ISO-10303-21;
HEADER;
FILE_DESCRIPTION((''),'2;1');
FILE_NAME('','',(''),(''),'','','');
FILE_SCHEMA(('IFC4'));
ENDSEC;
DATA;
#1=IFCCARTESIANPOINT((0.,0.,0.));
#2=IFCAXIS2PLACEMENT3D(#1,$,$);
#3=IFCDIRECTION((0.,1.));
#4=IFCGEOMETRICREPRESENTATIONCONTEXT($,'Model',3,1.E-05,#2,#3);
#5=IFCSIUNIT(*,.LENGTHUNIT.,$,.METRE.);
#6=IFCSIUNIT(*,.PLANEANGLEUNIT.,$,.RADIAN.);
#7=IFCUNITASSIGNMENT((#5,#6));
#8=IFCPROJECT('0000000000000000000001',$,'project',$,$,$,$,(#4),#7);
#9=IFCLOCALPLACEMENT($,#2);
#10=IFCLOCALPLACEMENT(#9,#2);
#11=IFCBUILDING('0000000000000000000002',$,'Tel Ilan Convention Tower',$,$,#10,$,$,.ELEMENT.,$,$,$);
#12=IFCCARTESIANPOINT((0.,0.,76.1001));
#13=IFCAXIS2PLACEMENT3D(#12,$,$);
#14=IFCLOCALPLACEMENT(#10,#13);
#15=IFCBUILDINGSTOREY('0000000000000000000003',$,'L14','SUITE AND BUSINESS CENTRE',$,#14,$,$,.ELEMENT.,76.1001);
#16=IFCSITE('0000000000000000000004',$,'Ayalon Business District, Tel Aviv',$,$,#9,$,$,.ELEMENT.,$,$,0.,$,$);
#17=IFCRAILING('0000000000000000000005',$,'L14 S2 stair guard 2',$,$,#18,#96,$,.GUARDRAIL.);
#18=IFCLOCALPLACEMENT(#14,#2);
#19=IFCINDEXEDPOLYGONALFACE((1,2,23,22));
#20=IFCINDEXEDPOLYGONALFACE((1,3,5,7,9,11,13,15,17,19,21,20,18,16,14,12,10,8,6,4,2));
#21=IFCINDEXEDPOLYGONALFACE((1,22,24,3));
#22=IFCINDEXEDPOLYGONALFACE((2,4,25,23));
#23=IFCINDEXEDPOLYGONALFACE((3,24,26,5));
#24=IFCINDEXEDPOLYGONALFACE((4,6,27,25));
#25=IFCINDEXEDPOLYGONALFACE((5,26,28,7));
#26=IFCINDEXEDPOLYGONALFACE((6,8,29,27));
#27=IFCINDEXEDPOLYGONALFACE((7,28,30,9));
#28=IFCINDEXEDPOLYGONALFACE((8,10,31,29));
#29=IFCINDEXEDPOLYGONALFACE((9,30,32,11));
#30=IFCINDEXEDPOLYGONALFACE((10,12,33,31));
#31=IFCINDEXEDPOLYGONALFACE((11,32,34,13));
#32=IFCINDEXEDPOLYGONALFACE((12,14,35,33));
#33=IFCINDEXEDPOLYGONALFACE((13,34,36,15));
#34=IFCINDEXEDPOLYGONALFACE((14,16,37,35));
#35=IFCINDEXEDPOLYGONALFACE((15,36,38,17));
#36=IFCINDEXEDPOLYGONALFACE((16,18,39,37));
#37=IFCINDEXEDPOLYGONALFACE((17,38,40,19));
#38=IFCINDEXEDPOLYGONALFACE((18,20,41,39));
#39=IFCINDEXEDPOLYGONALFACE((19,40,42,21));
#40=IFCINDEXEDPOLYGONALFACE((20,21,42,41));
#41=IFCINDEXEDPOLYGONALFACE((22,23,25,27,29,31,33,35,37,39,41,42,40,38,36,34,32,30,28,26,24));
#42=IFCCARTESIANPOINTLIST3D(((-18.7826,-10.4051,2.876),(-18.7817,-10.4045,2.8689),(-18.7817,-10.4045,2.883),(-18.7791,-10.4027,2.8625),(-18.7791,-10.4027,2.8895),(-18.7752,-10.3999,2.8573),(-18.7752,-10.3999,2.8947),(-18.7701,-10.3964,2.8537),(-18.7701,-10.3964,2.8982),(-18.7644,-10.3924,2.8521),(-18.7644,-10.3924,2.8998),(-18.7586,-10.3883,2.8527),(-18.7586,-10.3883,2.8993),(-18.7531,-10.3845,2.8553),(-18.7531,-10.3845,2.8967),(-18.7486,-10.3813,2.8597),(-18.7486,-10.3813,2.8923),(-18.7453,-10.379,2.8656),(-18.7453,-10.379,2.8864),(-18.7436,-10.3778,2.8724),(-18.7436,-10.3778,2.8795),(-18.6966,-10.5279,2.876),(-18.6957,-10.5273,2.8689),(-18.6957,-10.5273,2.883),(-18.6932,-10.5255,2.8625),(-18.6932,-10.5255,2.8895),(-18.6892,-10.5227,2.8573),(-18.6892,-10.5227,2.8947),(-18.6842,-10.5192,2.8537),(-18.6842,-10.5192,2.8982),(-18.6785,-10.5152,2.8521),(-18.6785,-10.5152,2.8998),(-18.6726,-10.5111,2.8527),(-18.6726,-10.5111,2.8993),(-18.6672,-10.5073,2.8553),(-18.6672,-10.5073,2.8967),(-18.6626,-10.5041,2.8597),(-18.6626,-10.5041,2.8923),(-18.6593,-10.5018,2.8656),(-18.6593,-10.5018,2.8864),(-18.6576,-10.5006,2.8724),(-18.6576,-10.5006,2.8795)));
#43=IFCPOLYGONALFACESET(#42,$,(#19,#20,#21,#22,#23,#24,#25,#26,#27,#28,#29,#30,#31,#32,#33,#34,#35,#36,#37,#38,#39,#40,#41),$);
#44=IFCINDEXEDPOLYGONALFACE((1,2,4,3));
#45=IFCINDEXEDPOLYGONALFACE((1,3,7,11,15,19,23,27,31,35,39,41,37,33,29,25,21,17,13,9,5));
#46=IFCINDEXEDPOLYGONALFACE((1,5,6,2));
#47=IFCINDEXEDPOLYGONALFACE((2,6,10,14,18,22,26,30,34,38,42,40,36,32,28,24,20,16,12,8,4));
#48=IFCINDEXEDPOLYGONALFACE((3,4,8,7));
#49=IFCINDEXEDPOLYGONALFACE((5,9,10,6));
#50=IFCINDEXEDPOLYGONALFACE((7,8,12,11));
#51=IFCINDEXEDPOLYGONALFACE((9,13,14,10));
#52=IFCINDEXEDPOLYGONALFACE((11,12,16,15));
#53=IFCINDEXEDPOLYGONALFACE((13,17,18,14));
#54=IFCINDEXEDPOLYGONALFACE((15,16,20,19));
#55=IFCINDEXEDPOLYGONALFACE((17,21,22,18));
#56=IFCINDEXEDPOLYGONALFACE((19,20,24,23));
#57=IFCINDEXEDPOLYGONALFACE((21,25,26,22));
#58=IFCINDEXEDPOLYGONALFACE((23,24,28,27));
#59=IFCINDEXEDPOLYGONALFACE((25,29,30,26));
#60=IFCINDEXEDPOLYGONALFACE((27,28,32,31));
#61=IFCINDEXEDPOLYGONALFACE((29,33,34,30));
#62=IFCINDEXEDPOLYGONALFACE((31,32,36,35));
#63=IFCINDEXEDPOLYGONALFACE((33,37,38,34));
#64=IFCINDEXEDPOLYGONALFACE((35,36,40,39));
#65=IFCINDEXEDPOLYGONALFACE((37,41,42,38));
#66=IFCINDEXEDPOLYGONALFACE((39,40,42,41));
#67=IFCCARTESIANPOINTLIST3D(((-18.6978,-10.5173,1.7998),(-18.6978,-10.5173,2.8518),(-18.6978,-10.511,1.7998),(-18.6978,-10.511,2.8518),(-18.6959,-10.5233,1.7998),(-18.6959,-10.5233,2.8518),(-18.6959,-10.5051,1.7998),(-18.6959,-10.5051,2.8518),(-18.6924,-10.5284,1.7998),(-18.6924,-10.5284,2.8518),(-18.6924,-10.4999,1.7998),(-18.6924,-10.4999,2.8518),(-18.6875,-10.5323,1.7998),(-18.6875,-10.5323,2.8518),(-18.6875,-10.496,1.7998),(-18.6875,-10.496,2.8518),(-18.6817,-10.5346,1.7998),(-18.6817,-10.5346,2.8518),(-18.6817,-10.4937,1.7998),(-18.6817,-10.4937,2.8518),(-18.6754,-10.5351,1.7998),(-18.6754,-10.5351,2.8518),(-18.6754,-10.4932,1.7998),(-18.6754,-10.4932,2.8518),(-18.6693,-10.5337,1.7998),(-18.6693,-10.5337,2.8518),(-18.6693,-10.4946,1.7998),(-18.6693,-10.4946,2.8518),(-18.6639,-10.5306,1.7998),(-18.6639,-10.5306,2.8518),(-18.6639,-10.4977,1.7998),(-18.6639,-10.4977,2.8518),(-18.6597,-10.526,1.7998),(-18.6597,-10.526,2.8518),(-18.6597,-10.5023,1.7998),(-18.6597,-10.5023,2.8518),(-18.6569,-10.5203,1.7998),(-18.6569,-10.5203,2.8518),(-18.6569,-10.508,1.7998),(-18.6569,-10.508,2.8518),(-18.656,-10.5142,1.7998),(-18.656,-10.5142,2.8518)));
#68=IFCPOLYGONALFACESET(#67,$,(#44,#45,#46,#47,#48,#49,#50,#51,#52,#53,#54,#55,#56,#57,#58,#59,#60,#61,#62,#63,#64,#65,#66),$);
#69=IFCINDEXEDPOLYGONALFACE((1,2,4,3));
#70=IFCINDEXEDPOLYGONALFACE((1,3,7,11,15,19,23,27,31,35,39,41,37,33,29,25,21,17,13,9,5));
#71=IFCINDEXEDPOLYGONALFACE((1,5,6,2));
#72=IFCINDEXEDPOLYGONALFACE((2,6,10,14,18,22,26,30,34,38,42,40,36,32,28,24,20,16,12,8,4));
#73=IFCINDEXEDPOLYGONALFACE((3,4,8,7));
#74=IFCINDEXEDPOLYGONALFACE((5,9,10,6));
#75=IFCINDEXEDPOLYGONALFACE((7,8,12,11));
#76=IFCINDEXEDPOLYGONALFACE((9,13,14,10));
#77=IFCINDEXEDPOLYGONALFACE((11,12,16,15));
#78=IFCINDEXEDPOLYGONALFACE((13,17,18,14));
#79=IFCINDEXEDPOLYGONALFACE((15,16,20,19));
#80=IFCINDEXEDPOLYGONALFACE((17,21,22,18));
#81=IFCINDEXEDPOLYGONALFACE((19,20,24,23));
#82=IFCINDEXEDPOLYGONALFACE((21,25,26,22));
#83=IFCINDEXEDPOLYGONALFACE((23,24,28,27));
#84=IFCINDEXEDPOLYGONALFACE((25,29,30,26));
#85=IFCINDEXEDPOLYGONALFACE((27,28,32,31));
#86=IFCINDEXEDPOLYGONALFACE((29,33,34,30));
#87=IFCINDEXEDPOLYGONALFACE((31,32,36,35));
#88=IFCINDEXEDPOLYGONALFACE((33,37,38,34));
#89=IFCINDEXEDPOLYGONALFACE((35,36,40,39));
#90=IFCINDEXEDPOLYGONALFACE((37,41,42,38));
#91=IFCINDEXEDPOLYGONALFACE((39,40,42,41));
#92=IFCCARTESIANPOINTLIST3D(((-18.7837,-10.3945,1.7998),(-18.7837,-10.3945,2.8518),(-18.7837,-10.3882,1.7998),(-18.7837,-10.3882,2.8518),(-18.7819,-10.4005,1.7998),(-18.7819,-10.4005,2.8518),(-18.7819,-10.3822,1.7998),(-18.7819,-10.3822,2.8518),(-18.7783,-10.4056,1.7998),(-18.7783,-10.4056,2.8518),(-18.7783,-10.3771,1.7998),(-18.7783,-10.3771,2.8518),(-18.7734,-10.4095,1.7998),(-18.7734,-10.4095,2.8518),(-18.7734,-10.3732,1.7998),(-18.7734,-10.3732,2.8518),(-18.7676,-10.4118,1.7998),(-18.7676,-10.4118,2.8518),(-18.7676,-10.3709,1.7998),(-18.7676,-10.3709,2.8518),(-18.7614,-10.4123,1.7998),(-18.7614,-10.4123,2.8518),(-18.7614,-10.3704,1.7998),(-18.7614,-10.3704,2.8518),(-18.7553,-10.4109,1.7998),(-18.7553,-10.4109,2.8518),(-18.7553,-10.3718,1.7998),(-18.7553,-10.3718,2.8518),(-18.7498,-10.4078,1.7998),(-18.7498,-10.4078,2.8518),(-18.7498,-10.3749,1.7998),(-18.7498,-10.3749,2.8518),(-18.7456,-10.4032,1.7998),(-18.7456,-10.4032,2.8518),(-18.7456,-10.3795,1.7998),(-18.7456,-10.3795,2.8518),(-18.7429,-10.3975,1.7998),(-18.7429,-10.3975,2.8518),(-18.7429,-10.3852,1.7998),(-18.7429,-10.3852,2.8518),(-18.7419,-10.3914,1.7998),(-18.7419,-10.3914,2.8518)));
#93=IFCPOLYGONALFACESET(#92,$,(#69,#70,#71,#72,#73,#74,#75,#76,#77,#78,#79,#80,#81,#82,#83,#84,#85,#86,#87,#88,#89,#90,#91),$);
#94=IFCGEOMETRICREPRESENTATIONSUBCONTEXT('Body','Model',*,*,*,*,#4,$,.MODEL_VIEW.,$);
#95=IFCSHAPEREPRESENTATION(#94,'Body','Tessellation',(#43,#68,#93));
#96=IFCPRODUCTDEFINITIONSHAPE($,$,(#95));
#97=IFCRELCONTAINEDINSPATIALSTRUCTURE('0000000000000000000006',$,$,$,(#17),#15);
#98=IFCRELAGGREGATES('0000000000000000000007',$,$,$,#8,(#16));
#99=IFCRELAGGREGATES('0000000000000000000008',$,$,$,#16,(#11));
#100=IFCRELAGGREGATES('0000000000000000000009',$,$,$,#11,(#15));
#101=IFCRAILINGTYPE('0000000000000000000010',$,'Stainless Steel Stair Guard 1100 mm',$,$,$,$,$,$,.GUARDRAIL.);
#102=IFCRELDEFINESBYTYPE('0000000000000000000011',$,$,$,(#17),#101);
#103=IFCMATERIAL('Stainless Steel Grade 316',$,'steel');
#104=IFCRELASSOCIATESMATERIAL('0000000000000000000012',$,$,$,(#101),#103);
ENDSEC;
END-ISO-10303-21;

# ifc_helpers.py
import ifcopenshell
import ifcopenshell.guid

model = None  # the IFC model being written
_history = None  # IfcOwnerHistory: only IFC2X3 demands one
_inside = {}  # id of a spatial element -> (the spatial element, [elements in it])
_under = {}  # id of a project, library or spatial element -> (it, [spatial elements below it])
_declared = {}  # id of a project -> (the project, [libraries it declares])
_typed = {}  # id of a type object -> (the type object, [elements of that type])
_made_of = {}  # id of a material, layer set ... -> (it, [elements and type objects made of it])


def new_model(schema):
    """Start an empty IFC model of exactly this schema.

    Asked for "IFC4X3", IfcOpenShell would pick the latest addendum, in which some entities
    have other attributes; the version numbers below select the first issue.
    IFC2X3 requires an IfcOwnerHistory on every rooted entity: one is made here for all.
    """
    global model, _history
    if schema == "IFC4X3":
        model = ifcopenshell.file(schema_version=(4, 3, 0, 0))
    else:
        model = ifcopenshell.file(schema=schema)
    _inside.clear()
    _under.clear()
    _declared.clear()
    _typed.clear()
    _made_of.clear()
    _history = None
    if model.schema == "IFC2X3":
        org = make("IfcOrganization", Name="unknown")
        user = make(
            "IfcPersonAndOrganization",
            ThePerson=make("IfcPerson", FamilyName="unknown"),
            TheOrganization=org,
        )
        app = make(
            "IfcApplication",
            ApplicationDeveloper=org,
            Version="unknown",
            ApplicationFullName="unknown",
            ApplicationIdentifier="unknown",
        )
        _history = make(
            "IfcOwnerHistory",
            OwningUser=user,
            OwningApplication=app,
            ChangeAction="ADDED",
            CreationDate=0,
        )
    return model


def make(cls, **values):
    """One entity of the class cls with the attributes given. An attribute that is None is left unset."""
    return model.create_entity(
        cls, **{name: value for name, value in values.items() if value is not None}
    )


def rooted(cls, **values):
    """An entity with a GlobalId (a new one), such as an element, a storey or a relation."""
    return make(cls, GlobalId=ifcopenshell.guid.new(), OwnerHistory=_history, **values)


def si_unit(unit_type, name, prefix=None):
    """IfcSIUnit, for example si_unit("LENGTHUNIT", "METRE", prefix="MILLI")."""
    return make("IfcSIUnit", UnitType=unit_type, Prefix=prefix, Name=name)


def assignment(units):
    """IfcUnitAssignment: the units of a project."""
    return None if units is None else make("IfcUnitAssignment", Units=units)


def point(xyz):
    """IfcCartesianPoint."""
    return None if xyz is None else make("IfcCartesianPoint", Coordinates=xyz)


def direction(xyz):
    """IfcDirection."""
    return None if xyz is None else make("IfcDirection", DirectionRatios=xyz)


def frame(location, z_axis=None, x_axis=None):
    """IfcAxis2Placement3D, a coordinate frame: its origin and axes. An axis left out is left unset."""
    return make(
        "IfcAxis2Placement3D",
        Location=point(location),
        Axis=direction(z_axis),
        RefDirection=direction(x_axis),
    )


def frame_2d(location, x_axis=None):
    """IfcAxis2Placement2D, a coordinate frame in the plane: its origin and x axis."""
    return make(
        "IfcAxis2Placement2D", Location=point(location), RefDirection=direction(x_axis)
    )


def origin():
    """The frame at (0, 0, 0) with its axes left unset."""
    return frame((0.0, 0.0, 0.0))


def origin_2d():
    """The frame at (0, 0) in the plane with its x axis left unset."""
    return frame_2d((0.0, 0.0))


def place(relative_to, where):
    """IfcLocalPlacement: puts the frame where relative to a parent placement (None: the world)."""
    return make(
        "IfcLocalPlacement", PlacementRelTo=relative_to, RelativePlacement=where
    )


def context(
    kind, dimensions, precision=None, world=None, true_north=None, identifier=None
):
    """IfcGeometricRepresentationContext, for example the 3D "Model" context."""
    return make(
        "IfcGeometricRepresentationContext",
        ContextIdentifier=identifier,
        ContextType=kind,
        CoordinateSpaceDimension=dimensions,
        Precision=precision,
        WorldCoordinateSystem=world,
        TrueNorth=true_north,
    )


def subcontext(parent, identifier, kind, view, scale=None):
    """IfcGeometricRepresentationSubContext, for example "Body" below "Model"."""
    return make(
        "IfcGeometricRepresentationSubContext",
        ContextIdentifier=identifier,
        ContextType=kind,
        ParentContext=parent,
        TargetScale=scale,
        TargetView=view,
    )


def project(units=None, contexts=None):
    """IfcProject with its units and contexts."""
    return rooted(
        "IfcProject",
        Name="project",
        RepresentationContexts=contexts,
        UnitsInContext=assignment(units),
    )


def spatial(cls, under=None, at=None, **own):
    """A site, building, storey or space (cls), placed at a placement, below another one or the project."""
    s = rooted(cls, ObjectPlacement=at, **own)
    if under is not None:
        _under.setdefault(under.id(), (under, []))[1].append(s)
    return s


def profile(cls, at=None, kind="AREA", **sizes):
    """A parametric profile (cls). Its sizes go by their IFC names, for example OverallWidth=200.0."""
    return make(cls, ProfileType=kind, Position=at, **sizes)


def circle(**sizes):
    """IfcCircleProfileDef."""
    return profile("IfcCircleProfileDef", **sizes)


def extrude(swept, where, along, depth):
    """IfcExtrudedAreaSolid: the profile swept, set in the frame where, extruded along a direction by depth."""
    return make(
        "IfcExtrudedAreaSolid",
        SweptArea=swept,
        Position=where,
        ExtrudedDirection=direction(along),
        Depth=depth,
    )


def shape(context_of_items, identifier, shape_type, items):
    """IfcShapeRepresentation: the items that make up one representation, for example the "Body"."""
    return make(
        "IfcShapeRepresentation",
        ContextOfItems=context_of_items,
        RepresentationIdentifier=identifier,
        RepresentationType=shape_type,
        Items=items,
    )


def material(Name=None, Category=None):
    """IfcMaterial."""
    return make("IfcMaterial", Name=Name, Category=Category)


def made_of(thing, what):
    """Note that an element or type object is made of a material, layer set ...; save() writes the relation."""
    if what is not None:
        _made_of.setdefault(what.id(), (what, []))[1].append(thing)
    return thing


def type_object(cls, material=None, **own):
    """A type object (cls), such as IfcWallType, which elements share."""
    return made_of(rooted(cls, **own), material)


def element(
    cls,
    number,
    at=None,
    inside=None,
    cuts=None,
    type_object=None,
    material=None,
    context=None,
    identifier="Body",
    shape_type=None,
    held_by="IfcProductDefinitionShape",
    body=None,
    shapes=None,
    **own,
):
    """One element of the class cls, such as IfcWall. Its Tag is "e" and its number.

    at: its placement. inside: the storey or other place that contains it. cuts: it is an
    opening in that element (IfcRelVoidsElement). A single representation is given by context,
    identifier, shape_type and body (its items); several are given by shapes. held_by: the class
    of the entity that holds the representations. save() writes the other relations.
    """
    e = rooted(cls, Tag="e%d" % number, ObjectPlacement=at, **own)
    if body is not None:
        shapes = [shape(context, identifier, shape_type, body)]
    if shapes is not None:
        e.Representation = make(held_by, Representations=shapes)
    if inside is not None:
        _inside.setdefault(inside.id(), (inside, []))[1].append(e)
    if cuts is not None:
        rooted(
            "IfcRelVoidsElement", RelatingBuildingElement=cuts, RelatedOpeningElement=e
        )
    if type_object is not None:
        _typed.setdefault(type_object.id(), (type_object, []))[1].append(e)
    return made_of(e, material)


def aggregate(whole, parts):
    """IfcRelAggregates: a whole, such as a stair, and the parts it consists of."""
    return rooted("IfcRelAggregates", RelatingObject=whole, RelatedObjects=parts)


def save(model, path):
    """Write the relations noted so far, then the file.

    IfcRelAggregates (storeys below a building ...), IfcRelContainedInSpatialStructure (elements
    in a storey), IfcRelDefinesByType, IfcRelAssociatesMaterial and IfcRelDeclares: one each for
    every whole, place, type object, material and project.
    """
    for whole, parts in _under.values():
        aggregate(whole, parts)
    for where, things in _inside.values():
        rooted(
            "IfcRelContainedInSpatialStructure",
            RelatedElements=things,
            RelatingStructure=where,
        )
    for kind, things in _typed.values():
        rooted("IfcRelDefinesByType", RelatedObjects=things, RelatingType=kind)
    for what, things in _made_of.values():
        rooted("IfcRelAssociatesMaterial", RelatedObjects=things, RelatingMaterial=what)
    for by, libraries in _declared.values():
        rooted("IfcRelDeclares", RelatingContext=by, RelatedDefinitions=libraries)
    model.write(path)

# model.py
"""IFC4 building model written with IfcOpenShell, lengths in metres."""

from ifc_helpers import new_model, si_unit, direction, frame, origin, origin_2d, place, context, subcontext, project, spatial, circle, extrude, material, type_object, element, save


model = new_model("IFC4")

# Units and contexts
model_context = context("Model", 3, precision=1e-05, world=origin(), true_north=direction((0.0, 1.0)))
body_context = subcontext(model_context, "Body", "Model", "MODEL_VIEW")
ifc_project = project(units=[si_unit("LENGTHUNIT", "METRE"), si_unit("PLANEANGLEUNIT", "RADIAN")], contexts=[model_context])

# Site, building, storey
site_placement = place(None, origin())
site = spatial("IfcSite", under=ifc_project, at=site_placement, Name="Ayalon Business District, Tel Aviv", CompositionType="ELEMENT", RefElevation=0.0)
building_placement = place(site_placement, origin())
building = spatial("IfcBuilding", under=site, at=building_placement, Name="Tel Ilan Convention Tower", CompositionType="ELEMENT")
storey_placement = place(building_placement, frame((0.0, 0.0, 76.1001)))
storey = spatial("IfcBuildingStorey", under=building, at=storey_placement, Name="L14", Description="SUITE AND BUSINESS CENTRE", CompositionType="ELEMENT", Elevation=76.1001)

# Railing
ifc_material_1 = material(Name="Stainless Steel Grade 316", Category="steel")
railing_type_1 = type_object("IfcRailingType", Name="Stainless Steel Stair Guard 1100 mm", PredefinedType="GUARDRAIL", material=ifc_material_1)
railing_1_placement = place(storey_placement, frame((-18.677, -10.5142, 1.7998)))
element("IfcRailing", 1, at=railing_1_placement, inside=storey, type_object=railing_type_1, Name="L14 S2 stair guard 2", PredefinedType="GUARDRAIL", context=body_context, shape_type="SweptSolid", body=[
    extrude(circle(Radius=0.0239, at=origin_2d()), frame((0.0, 0.0, 1.0762), z_axis=(-0.573353, 0.819308, 0.0), x_axis=(-0.819308, -0.573353, 0.0)), (0.0, 0.0, 1.0), 0.1499),
    extrude(circle(Radius=0.021, at=origin_2d()), origin(), (0.0, 0.0, 1.0), 1.052),
    extrude(circle(Radius=0.021, at=origin_2d()), frame((-0.0859, 0.1228, 0.0)), (0.0, 0.0, 1.0), 1.052),
])

save(model, "model.ifc")
